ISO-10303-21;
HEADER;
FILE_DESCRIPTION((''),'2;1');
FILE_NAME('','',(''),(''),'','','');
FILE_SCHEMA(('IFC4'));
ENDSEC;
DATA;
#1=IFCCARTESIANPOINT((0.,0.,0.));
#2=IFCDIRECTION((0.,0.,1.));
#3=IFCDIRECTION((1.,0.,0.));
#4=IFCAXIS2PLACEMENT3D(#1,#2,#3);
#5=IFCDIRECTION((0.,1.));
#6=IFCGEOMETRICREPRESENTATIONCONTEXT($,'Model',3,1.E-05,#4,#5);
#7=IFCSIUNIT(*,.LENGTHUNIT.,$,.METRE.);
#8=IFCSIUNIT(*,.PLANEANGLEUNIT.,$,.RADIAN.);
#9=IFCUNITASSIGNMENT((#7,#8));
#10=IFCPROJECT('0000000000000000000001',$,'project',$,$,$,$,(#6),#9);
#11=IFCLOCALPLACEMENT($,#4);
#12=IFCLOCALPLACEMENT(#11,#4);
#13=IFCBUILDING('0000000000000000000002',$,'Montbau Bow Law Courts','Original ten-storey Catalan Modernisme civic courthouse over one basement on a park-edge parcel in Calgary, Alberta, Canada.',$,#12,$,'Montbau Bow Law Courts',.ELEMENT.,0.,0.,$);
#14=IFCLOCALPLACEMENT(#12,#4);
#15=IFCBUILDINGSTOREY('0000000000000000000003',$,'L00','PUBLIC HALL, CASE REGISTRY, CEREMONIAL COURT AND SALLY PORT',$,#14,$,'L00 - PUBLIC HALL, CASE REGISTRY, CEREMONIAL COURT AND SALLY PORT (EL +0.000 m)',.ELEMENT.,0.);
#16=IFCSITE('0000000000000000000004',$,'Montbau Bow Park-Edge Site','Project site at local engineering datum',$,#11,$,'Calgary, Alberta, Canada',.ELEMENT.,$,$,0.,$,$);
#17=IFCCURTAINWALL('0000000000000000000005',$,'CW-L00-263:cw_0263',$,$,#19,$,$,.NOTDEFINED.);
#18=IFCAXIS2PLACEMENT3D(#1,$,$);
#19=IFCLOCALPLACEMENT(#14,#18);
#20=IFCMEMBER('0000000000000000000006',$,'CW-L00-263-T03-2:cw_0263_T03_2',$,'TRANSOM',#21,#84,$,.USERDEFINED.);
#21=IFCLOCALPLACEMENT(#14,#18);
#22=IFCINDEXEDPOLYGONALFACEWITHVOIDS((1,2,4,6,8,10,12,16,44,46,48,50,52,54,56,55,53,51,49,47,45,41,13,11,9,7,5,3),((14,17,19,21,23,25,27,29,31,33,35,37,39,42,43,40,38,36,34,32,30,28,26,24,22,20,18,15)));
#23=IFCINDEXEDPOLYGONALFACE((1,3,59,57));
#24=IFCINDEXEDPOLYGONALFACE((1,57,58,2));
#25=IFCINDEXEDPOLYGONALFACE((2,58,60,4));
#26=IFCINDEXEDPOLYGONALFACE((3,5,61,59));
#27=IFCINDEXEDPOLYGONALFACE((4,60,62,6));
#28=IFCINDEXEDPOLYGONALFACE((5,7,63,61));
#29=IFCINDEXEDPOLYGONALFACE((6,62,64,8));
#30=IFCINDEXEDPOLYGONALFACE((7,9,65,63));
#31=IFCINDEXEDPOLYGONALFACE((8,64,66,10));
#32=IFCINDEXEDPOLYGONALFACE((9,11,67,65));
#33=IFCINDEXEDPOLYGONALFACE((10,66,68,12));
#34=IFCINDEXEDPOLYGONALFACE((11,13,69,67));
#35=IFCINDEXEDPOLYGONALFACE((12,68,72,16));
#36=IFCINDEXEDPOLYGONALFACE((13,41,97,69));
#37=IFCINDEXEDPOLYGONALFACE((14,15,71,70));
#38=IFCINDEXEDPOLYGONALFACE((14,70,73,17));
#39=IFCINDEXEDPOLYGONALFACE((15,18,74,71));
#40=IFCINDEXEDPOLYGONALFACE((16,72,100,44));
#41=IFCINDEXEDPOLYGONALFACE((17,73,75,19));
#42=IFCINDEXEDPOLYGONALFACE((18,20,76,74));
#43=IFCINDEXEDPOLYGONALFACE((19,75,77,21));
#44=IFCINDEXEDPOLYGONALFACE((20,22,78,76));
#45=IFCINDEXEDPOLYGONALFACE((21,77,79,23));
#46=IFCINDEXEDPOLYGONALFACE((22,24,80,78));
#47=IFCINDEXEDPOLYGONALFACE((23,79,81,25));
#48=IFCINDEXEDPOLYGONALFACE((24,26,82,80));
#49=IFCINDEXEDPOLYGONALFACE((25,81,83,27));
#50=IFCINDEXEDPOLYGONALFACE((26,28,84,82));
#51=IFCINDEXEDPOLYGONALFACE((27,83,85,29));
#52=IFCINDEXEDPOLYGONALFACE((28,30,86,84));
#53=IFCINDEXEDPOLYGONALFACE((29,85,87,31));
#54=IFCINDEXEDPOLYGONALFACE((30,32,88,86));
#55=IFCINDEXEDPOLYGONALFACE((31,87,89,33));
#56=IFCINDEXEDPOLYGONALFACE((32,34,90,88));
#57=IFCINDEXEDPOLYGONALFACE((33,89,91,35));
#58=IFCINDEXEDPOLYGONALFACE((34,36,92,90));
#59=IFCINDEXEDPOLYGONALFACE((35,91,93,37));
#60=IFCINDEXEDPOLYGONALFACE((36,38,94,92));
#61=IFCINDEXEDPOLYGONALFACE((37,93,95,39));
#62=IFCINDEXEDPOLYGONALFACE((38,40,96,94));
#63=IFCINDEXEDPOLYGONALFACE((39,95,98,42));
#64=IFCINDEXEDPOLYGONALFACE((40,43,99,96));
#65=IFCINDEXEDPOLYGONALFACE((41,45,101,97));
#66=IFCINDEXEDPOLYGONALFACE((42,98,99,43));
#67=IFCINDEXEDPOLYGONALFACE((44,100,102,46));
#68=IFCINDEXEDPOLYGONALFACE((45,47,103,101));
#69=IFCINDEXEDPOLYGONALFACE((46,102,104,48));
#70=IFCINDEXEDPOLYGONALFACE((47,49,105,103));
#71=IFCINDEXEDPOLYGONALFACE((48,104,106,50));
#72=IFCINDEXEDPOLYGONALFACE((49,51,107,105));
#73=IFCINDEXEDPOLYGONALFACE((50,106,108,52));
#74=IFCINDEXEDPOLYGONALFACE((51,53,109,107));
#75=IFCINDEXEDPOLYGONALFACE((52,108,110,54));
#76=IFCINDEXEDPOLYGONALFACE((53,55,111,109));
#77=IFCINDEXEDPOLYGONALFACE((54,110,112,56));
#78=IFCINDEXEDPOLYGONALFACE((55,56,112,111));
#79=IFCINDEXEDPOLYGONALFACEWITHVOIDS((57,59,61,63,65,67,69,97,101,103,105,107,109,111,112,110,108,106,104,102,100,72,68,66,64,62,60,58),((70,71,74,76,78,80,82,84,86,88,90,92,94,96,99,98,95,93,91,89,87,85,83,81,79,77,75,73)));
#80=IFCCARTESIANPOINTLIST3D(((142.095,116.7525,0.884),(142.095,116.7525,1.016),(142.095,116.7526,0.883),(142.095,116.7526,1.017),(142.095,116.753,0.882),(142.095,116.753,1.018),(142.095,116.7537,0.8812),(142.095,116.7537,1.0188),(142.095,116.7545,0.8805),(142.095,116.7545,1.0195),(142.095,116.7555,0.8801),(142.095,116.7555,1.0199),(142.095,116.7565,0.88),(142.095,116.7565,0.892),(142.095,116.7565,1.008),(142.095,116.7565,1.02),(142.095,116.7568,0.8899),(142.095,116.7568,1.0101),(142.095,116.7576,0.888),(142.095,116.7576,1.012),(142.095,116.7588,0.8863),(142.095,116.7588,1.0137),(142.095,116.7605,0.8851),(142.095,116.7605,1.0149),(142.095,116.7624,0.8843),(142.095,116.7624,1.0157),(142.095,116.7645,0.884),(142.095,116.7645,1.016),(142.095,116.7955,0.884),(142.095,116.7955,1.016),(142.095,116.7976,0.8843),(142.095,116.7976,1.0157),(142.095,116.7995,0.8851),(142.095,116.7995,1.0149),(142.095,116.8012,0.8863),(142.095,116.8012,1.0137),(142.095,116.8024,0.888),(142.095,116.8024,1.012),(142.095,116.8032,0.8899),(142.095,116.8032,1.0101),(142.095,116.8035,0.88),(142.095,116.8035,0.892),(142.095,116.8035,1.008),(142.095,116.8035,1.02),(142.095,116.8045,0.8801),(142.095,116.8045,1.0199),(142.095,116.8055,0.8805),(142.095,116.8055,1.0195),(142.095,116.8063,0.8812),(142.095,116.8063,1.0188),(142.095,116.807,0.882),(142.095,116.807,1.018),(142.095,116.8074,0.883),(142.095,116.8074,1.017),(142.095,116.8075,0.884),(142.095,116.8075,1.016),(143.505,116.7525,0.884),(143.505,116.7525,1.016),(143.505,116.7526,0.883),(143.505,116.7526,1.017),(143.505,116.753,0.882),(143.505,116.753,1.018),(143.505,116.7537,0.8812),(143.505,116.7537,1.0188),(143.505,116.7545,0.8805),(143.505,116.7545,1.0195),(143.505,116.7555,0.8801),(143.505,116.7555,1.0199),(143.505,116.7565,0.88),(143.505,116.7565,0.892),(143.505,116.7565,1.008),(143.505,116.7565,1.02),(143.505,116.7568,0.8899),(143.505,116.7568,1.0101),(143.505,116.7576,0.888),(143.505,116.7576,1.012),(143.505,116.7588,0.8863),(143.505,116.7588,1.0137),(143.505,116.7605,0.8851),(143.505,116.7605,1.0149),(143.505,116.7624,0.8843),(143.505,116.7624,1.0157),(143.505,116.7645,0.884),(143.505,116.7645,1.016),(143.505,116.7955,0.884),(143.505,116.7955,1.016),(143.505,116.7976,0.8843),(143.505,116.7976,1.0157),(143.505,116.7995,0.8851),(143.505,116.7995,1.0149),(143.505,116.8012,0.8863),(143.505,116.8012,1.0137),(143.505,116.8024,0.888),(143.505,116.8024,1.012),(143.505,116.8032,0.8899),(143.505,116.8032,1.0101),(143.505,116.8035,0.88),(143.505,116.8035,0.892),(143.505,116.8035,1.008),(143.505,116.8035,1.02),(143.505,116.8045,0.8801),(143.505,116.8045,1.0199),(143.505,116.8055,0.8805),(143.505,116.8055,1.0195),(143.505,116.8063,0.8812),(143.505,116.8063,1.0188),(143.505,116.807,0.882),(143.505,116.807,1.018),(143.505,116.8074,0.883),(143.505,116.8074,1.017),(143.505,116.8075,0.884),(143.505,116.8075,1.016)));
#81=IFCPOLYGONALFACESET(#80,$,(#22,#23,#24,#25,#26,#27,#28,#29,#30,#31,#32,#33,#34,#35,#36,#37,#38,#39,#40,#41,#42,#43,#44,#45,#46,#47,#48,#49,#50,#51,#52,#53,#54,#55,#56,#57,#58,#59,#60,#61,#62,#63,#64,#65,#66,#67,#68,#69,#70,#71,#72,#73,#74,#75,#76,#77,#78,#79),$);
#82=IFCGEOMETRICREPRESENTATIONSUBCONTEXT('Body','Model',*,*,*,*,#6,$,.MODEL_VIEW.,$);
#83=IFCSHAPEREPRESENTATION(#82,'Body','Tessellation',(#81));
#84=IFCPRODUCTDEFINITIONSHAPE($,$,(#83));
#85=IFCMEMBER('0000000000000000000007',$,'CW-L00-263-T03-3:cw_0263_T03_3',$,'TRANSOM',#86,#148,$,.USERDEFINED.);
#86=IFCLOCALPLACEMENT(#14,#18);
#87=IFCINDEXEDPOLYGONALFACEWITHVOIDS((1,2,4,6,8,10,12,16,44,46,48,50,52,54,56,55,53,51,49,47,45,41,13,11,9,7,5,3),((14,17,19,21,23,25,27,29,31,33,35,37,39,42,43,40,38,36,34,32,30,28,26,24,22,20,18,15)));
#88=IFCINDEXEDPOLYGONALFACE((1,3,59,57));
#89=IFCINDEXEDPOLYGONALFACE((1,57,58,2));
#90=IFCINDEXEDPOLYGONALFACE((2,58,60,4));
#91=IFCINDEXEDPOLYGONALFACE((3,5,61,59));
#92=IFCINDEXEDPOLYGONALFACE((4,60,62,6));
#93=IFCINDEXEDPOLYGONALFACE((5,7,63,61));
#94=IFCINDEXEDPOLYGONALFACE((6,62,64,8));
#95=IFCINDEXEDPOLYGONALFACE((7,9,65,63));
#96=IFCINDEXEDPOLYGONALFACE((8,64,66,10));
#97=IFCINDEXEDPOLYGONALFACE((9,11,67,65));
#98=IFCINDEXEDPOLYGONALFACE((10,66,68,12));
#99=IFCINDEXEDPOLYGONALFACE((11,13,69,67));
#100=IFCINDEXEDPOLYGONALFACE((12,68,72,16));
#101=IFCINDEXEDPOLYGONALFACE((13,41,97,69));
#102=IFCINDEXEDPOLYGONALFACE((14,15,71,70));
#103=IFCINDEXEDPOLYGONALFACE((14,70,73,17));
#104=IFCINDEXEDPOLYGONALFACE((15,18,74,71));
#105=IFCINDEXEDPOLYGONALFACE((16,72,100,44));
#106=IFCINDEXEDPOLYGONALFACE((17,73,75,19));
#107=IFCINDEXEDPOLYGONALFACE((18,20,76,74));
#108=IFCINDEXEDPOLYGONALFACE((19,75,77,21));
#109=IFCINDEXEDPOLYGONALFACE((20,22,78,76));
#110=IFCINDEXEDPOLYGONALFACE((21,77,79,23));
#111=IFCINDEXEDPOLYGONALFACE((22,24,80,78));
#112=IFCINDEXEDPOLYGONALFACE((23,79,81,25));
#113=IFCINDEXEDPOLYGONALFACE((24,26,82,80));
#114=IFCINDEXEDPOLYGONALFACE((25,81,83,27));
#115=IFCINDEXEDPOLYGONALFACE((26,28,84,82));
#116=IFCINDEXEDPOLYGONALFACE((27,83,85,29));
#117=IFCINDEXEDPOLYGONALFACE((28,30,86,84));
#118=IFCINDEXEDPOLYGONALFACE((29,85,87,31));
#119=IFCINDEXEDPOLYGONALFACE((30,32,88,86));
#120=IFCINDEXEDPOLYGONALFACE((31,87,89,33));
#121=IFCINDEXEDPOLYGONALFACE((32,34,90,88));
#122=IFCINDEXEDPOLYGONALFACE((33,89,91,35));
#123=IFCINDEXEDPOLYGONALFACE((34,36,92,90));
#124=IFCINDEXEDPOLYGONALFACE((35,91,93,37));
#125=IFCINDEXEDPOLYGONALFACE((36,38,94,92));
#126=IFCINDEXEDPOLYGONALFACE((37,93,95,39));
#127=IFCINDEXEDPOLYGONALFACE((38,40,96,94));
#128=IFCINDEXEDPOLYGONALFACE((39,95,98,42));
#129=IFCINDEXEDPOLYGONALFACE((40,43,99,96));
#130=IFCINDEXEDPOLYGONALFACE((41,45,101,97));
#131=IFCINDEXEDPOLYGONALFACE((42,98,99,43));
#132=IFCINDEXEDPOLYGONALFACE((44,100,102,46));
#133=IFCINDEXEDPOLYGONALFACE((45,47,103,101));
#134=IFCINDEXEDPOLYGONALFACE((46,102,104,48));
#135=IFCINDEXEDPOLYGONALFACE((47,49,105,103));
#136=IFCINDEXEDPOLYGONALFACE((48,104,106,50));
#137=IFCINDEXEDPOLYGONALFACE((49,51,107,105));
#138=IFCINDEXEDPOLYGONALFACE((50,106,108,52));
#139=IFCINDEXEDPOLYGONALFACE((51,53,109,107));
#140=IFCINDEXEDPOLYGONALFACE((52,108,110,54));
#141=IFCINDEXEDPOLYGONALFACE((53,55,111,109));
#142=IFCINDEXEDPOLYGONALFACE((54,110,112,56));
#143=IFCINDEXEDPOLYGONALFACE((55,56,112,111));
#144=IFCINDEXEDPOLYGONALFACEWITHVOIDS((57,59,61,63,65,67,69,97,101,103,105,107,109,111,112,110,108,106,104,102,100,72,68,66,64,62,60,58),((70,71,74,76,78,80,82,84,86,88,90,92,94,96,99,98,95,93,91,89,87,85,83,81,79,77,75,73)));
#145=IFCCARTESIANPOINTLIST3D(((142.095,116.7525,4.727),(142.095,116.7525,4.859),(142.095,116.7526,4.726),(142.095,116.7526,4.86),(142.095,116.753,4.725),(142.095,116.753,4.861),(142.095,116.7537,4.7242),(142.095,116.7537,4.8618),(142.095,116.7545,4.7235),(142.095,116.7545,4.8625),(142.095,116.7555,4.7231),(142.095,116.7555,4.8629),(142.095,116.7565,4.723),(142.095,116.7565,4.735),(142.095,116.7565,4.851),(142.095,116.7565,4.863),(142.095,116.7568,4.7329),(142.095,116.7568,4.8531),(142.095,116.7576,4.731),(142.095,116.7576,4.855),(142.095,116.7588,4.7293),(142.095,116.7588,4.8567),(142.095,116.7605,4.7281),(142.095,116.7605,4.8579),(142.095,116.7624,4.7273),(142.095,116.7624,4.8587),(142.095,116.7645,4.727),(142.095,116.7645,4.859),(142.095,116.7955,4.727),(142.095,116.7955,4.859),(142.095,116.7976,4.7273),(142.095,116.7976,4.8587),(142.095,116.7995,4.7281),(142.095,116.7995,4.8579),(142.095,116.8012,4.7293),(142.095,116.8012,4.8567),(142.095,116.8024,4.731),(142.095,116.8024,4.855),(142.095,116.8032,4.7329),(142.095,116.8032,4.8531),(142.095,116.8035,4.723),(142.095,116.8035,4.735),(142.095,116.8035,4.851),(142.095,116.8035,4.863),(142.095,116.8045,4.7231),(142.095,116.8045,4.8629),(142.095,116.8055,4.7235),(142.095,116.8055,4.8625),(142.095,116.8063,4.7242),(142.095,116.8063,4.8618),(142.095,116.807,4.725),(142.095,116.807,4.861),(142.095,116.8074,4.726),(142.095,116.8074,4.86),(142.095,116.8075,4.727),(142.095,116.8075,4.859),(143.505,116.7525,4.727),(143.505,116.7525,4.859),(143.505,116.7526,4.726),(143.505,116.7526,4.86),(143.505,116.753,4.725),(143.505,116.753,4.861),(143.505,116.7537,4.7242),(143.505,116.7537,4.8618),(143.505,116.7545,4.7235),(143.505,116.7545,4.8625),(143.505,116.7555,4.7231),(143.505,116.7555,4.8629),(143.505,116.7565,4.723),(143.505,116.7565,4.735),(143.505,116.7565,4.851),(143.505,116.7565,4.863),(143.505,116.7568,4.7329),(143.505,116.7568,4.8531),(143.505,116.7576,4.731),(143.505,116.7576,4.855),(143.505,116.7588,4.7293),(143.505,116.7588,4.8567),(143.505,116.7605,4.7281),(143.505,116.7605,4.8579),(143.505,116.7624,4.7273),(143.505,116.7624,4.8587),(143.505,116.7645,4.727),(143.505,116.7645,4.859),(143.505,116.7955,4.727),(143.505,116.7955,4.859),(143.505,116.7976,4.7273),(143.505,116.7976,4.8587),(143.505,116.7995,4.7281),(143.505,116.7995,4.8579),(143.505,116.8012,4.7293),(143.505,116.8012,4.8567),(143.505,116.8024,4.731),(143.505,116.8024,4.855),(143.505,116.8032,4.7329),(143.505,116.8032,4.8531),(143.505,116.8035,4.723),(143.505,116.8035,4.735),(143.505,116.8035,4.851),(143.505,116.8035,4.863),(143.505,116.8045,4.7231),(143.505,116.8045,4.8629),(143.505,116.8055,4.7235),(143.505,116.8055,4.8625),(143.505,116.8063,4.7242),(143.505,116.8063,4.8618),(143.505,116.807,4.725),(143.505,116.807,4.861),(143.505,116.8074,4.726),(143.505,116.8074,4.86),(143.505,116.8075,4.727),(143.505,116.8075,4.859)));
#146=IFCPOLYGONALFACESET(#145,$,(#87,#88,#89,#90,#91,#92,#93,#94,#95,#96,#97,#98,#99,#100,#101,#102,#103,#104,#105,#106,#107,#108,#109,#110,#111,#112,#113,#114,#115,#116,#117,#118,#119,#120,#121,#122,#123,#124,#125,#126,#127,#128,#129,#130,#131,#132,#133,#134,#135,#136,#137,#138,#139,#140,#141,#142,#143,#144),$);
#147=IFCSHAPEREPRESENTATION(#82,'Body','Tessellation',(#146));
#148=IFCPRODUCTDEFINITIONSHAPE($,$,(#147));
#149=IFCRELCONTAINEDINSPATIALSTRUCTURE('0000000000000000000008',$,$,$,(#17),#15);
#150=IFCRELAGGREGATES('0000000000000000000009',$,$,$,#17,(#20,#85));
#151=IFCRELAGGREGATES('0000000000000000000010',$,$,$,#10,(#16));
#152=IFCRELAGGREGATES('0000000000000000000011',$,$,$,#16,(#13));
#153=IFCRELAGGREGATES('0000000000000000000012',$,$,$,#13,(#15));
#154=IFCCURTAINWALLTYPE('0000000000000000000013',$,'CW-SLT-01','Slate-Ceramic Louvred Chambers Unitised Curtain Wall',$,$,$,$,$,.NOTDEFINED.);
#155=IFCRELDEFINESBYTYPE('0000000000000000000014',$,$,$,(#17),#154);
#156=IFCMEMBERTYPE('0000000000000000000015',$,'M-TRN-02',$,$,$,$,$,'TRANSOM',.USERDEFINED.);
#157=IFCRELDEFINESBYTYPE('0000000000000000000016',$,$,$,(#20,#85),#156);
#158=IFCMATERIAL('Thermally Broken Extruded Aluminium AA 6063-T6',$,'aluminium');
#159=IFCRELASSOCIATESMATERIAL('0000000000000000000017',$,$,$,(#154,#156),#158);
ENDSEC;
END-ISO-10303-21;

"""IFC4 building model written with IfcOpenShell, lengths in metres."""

from ifc_helpers import new_model, si_unit, direction, frame, origin_with_axes, origin_2d_with_axis, place, context, subcontext, project, spatial, hollow_rectangle, extrude, material, material_profile, profile_set, type_object, element, aggregate, save


model = new_model("IFC4")

# Units and contexts
model_context = context("Model", 3, precision=1e-05, world=origin_with_axes(), true_north=direction((0.0, 1.0)))
body_context = subcontext(model_context, "Body", "Model", "MODEL_VIEW")
ifc_project = project(units=[si_unit("LENGTHUNIT", "METRE"), si_unit("PLANEANGLEUNIT", "RADIAN")], contexts=[model_context])

# Site, building, storey
site_placement = place(None, origin_with_axes())
site = spatial("IfcSite", under=ifc_project, at=site_placement, Name="Montbau Bow Park-Edge Site", Description="Project site at local engineering datum", LongName="Calgary, Alberta, Canada", CompositionType="ELEMENT", RefElevation=0.0)
building_placement = place(site_placement, origin_with_axes())
building = spatial("IfcBuilding", under=site, at=building_placement, Name="Montbau Bow Law Courts", Description="Original ten-storey Catalan Modernisme civic courthouse over one basement on a park-edge parcel in Calgary, Alberta, Canada.", LongName="Montbau Bow Law Courts", CompositionType="ELEMENT", ElevationOfRefHeight=0.0, ElevationOfTerrain=0.0)
storey_placement = place(building_placement, origin_with_axes())
storey = spatial("IfcBuildingStorey", under=building, at=storey_placement, Name="L00", Description="PUBLIC HALL, CASE REGISTRY, CEREMONIAL COURT AND SALLY PORT", LongName="L00 - PUBLIC HALL, CASE REGISTRY, CEREMONIAL COURT AND SALLY PORT (EL +0.000 m)", CompositionType="ELEMENT", Elevation=0.0)

# Curtain wall, members
ifc_material_1 = material(Name="Thermally Broken Extruded Aluminium AA 6063-T6", Category="aluminium")
curtain_wall_type = type_object("IfcCurtainWallType", Name="CW-SLT-01", Description="Slate-Ceramic Louvred Chambers Unitised Curtain Wall", PredefinedType="NOTDEFINED", material=ifc_material_1)
curtain_wall_placement = place(None, frame((139.115, 116.78, 0.0), z_axis=(0.0, 0.0, 1.0), x_axis=(1.0, 0.0, 0.0)))
curtain_wall = element("IfcCurtainWall", 1, at=curtain_wall_placement, inside=storey, type_object=curtain_wall_type, Name="CW-L00-263:cw_0263", PredefinedType="NOTDEFINED")
ifc_material_profile_1 = material_profile(ifc_material_1, hollow_rectangle(XDim=0.055, YDim=0.14, WallThickness=0.004, InnerFilletRadius=0.008, OuterFilletRadius=0.004, at=origin_2d_with_axis()), Name="CWT-140X55", Category="Main", Priority=0)
ifc_profile_set_1 = profile_set([ifc_material_profile_1], Name="Thermally Broken Extruded Aluminium AA 6063-T6")
member_type_1 = type_object("IfcMemberType", Name="M-TRN-02", ElementType="TRANSOM", PredefinedType="USERDEFINED", material=ifc_profile_set_1)
member_1_placement = place(None, frame((142.095, 116.78, 0.95), z_axis=(1.0, 0.0, 0.0), x_axis=(0.0, 1.0, 0.0)))
member_1 = element("IfcMember", 2, at=member_1_placement, type_object=member_type_1, Name="CW-L00-263-T03-2:cw_0263_T03_2", ObjectType="TRANSOM", PredefinedType="USERDEFINED", context=body_context, shape_type="SweptSolid", body=[
    extrude(hollow_rectangle(XDim=0.055, YDim=0.14, WallThickness=0.004, InnerFilletRadius=0.008, OuterFilletRadius=0.004, at=origin_2d_with_axis()), origin_with_axes(), (0.0, 0.0, 1.0), 1.41),
])
member_2_placement = place(None, frame((142.095, 116.78, 4.793), z_axis=(1.0, 0.0, 0.0), x_axis=(0.0, 1.0, 0.0)))
member_2 = element("IfcMember", 3, at=member_2_placement, type_object=member_type_1, Name="CW-L00-263-T03-3:cw_0263_T03_3", ObjectType="TRANSOM", PredefinedType="USERDEFINED", context=body_context, shape_type="SweptSolid", body=[
    extrude(hollow_rectangle(XDim=0.055, YDim=0.14, WallThickness=0.004, InnerFilletRadius=0.008, OuterFilletRadius=0.004, at=origin_2d_with_axis()), origin_with_axes(), (0.0, 0.0, 1.0), 1.41),
])
aggregate(curtain_wall, [member_1, member_2])

save(model, "model.ifc")
